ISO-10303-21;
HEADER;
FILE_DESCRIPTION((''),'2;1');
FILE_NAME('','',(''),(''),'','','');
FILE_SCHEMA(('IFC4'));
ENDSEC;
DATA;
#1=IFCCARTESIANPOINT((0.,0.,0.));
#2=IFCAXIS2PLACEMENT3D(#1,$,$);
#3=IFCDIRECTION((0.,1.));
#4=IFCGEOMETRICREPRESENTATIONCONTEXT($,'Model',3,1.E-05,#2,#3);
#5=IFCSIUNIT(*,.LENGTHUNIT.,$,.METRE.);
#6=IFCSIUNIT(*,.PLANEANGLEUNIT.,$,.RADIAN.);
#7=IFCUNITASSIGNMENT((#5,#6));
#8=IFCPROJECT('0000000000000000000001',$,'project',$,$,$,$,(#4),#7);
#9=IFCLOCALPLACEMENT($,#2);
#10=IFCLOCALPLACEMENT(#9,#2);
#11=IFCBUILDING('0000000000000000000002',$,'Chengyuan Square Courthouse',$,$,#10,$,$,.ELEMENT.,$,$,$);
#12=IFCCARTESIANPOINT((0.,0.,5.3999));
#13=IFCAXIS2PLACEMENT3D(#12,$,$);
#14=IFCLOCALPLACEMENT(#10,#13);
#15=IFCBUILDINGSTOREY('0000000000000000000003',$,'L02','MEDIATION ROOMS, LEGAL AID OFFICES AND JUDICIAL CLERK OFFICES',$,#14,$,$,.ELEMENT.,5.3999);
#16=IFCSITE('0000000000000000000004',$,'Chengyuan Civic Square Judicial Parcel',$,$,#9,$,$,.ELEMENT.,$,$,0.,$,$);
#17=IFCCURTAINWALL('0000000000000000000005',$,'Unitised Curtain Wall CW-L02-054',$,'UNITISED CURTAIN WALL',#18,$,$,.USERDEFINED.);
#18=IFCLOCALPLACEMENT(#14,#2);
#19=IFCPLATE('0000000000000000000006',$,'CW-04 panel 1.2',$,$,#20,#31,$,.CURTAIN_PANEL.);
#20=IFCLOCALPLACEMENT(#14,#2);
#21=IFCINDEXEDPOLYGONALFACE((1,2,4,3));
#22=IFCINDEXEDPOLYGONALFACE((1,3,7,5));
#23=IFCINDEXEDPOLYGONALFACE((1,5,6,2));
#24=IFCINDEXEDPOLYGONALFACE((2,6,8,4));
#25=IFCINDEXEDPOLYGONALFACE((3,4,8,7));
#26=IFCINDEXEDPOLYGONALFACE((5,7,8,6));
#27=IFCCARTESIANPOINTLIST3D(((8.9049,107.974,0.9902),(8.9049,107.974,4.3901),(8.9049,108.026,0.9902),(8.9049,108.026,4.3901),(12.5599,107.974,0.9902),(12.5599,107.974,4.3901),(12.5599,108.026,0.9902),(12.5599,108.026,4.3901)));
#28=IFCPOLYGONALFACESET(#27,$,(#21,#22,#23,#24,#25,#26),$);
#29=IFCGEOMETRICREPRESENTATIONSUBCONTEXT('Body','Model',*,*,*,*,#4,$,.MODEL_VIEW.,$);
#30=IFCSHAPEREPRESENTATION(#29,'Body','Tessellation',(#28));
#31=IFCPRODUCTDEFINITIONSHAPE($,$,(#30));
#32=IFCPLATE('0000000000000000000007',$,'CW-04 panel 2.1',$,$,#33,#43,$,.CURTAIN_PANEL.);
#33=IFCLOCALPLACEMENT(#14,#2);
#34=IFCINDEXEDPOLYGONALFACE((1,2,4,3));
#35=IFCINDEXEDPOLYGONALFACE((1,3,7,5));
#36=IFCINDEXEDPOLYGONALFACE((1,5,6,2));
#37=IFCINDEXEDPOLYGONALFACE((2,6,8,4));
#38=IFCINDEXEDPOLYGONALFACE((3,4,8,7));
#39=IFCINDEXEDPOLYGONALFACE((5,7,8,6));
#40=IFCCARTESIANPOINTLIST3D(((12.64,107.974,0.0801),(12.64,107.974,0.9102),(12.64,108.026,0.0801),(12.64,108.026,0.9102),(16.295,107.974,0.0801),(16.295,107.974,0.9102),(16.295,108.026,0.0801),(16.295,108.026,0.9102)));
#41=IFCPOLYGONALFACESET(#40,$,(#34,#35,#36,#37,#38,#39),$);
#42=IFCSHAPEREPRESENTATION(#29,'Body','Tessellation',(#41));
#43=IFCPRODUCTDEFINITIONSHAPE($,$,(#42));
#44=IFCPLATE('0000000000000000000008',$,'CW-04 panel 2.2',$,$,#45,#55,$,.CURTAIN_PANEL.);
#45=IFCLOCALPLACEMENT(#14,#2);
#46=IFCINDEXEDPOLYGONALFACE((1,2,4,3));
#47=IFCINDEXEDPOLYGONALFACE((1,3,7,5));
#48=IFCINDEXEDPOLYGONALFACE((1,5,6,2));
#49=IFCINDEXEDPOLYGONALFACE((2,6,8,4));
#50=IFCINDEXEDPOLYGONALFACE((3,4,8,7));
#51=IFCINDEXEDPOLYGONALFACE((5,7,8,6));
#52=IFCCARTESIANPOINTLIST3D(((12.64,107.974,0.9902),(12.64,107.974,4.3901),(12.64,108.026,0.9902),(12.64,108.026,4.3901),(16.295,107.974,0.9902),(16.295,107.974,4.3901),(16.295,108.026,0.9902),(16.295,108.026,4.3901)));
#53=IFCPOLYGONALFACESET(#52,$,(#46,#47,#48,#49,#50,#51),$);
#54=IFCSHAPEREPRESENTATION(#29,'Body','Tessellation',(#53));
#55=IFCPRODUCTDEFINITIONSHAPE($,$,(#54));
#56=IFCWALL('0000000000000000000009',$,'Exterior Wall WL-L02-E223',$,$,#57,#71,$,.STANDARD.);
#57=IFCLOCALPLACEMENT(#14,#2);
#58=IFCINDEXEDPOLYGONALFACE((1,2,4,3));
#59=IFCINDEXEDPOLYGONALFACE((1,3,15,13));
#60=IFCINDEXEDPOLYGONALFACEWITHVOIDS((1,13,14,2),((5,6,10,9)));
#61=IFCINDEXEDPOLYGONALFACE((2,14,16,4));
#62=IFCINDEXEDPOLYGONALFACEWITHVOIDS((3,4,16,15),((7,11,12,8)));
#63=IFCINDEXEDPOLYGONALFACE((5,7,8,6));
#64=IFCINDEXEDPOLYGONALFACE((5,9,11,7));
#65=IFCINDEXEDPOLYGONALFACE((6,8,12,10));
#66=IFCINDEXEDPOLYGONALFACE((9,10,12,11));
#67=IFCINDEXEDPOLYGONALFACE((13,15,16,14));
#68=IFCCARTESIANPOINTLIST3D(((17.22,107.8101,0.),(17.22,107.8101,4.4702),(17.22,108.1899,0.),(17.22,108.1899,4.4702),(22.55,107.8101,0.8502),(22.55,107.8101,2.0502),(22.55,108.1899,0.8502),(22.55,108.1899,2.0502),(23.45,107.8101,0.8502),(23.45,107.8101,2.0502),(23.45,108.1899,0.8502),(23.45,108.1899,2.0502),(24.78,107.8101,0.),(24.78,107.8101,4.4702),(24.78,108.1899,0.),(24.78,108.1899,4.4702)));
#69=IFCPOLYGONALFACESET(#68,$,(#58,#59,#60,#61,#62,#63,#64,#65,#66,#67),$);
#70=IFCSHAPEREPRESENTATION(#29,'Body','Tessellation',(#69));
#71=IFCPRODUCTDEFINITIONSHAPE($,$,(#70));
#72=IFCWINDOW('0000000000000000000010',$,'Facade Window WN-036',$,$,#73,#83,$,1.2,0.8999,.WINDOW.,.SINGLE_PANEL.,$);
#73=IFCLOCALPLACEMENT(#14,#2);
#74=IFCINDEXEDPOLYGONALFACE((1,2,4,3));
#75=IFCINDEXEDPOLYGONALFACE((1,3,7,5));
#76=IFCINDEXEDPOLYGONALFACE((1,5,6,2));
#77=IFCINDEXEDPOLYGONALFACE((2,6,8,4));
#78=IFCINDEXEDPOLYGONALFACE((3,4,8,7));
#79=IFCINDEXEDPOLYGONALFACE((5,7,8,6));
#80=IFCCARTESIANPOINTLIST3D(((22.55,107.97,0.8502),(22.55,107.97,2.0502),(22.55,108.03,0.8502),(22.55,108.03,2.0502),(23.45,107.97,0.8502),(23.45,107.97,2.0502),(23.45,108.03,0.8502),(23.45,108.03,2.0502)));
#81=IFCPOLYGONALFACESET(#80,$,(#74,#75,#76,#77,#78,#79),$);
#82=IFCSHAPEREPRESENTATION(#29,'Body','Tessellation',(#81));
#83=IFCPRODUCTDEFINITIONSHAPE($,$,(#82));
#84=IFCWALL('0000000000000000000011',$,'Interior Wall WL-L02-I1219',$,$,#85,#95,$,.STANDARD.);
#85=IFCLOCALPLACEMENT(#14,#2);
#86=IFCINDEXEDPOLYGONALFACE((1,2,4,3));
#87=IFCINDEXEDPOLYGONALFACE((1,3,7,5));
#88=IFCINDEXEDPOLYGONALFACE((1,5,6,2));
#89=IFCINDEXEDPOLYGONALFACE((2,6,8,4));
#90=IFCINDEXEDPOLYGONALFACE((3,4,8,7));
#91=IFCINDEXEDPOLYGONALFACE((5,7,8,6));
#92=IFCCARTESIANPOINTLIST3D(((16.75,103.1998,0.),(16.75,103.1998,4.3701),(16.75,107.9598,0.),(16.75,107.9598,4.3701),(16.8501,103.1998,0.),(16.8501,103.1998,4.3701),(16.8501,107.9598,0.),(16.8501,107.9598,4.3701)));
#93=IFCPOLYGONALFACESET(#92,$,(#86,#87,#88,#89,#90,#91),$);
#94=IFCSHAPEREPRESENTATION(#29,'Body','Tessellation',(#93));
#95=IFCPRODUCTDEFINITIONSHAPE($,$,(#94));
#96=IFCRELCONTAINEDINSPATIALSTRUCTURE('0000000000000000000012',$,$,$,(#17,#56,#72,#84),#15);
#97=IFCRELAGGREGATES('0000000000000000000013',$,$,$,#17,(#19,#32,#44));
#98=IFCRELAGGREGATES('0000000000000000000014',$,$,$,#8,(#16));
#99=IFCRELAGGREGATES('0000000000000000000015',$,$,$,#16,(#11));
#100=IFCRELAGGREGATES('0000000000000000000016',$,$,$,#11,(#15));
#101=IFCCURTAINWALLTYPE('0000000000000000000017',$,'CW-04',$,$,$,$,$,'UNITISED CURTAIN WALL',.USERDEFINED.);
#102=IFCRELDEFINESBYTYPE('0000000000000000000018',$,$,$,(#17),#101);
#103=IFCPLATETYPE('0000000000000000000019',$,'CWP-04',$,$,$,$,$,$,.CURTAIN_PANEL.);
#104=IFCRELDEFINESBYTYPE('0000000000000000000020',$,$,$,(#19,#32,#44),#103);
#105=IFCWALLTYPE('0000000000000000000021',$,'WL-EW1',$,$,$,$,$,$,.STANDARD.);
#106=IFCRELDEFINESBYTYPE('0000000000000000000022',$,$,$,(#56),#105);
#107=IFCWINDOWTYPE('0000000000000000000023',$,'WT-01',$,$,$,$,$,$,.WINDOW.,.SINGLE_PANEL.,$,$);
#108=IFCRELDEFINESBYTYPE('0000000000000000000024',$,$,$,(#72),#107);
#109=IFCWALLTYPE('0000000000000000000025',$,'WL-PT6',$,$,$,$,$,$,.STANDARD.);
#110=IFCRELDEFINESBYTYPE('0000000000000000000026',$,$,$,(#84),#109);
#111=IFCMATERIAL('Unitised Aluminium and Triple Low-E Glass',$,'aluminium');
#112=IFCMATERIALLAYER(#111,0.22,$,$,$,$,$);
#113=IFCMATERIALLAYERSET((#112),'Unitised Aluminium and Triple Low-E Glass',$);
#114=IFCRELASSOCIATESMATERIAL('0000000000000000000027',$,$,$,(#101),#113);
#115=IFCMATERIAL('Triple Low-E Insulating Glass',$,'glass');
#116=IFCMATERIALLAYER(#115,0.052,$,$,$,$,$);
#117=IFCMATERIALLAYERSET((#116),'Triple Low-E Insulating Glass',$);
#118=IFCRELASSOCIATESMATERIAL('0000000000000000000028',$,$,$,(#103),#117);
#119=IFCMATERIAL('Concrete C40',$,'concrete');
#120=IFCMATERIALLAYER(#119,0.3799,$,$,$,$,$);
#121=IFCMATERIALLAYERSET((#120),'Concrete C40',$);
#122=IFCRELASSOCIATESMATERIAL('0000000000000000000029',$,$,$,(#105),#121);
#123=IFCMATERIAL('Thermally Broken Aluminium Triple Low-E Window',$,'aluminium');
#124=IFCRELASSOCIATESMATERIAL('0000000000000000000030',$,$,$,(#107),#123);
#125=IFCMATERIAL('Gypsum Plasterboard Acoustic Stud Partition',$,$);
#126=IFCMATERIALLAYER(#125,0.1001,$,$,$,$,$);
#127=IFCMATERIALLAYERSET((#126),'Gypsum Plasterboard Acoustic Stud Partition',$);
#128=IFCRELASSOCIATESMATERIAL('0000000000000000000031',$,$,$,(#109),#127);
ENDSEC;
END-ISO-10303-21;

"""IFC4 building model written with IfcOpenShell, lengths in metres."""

from ifc_helpers import new_model, si_unit, direction, frame, frame_2d, origin, origin_2d, place, context, subcontext, project, spatial, rectangle, extrude, material, layer, layer_set, type_object, element, fill, aggregate, save


model = new_model("IFC4")

# Units and contexts
model_context = context("Model", 3, precision=1e-05, world=origin(), true_north=direction((0.0, 1.0)))
body_context = subcontext(model_context, "Body", "Model", "MODEL_VIEW")
ifc_project = project(units=[si_unit("LENGTHUNIT", "METRE"), si_unit("PLANEANGLEUNIT", "RADIAN")], contexts=[model_context])

# Site, building, storey
site_placement = place(None, origin())
site = spatial("IfcSite", under=ifc_project, at=site_placement, Name="Chengyuan Civic Square Judicial Parcel", CompositionType="ELEMENT", RefElevation=0.0)
building_placement = place(site_placement, origin())
building = spatial("IfcBuilding", under=site, at=building_placement, Name="Chengyuan Square Courthouse", CompositionType="ELEMENT")
storey_placement = place(building_placement, frame((0.0, 0.0, 5.3999)))
storey = spatial("IfcBuildingStorey", under=building, at=storey_placement, Name="L02", Description="MEDIATION ROOMS, LEGAL AID OFFICES AND JUDICIAL CLERK OFFICES", CompositionType="ELEMENT", Elevation=5.3999)

# Shared definitions
ifc_material_1 = material(Name="Concrete C40", Category="concrete")

# Curtain wall, plates
ifc_material_2 = material(Name="Unitised Aluminium and Triple Low-E Glass", Category="aluminium")
ifc_layer_1 = layer(ifc_material_2, 0.22)
ifc_layer_set_1 = layer_set([ifc_layer_1], Name="Unitised Aluminium and Triple Low-E Glass")
curtain_wall_type = type_object("IfcCurtainWallType", Name="CW-04", ElementType="UNITISED CURTAIN WALL", PredefinedType="USERDEFINED", material=ifc_layer_set_1)
curtain_wall_placement = place(storey_placement, origin())
curtain_wall = element("IfcCurtainWall", 1, at=curtain_wall_placement, inside=storey, type_object=curtain_wall_type, Name="Unitised Curtain Wall CW-L02-054", ObjectType="UNITISED CURTAIN WALL", PredefinedType="USERDEFINED")
ifc_material_3 = material(Name="Triple Low-E Insulating Glass", Category="glass")
ifc_layer_2 = layer(ifc_material_3, 0.052)
ifc_layer_set_2 = layer_set([ifc_layer_2], Name="Triple Low-E Insulating Glass")
plate_type = type_object("IfcPlateType", Name="CWP-04", PredefinedType="CURTAIN_PANEL", material=ifc_layer_set_2)
plate_1_placement = place(storey_placement, frame((10.7324, 108.0, 0.9902), z_axis=(0.0, 0.0, 1.0), x_axis=(1.0, 0.0, 0.0)))
plate_1 = element("IfcPlate", 2, at=plate_1_placement, type_object=plate_type, Name="CW-04 panel 1.2", PredefinedType="CURTAIN_PANEL", context=body_context, shape_type="SweptSolid", body=[
    extrude(rectangle(XDim=3.655, YDim=0.052, at=origin_2d()), origin(), (0.0, 0.0, 1.0), 3.3999),
])
plate_2_placement = place(storey_placement, frame((14.4675, 108.0, 0.0801), z_axis=(0.0, 0.0, 1.0), x_axis=(1.0, 0.0, 0.0)))
plate_2 = element("IfcPlate", 3, at=plate_2_placement, type_object=plate_type, Name="CW-04 panel 2.1", PredefinedType="CURTAIN_PANEL", context=body_context, shape_type="SweptSolid", body=[
    extrude(rectangle(XDim=3.655, YDim=0.052, at=origin_2d()), origin(), (0.0, 0.0, 1.0), 0.8301),
])
plate_3_placement = place(storey_placement, frame((14.4675, 108.0, 0.9902), z_axis=(0.0, 0.0, 1.0), x_axis=(1.0, 0.0, 0.0)))
plate_3 = element("IfcPlate", 4, at=plate_3_placement, type_object=plate_type, Name="CW-04 panel 2.2", PredefinedType="CURTAIN_PANEL", context=body_context, shape_type="SweptSolid", body=[
    extrude(rectangle(XDim=3.655, YDim=0.052, at=origin_2d()), origin(), (0.0, 0.0, 1.0), 3.3999),
])
aggregate(curtain_wall, [plate_1, plate_2, plate_3])

# Wall, opening, window
ifc_layer_3 = layer(ifc_material_1, 0.3799)
ifc_layer_set_3 = layer_set([ifc_layer_3], Name="Concrete C40")
wall_type_1 = type_object("IfcWallType", Name="WL-EW1", PredefinedType="STANDARD", material=ifc_layer_set_3)
wall_1_placement = place(storey_placement, frame((17.22, 108.0, 0.0), z_axis=(0.0, 0.0, 1.0), x_axis=(1.0, 0.0, 0.0)))
wall_1 = element("IfcWall", 5, at=wall_1_placement, inside=storey, type_object=wall_type_1, Name="Exterior Wall WL-L02-E223", PredefinedType="STANDARD", context=body_context, shape_type="SweptSolid", body=[
    extrude(rectangle(XDim=7.5601, YDim=0.3799, at=frame_2d((3.78, 0.0))), origin(), (0.0, 0.0, 1.0), 4.4702),
])
opening_placement = place(wall_1_placement, frame((5.3301, 0.0, 0.8501)))
opening = element("IfcOpeningElement", 6, at=opening_placement, cuts=wall_1, PredefinedType="OPENING", context=body_context, shape_type="SweptSolid", body=[
    extrude(rectangle(XDim=0.8999, YDim=1.2, at=frame_2d((0.45, 0.6001))), frame((0.0, 0.2019, 0.0), z_axis=(0.0, -1.0, 0.0), x_axis=(1.0, 0.0, 0.0)), (0.0, 0.0, 1.0), 0.4038),
])
ifc_material_4 = material(Name="Thermally Broken Aluminium Triple Low-E Window", Category="aluminium")
window_type = type_object("IfcWindowType", Name="WT-01", PartitioningType="SINGLE_PANEL", PredefinedType="WINDOW", material=ifc_material_4)
window_placement = place(opening_placement, origin())
window = element("IfcWindow", 7, at=window_placement, inside=storey, type_object=window_type, Name="Facade Window WN-036", OverallHeight=1.2, OverallWidth=0.8999, PartitioningType="SINGLE_PANEL", PredefinedType="WINDOW", context=body_context, shape_type="SweptSolid", body=[
    extrude(rectangle(XDim=0.8999, YDim=1.2, at=frame_2d((0.45, 0.6001))), frame((0.0, 0.03, 0.0), z_axis=(0.0, -1.0, 0.0), x_axis=(1.0, 0.0, 0.0)), (0.0, 0.0, 1.0), 0.0601),
])
fill(opening, window)

# Wall
ifc_material_5 = material(Name="Gypsum Plasterboard Acoustic Stud Partition")
ifc_layer_4 = layer(ifc_material_5, 0.1001)
ifc_layer_set_4 = layer_set([ifc_layer_4], Name="Gypsum Plasterboard Acoustic Stud Partition")
wall_type_2 = type_object("IfcWallType", Name="WL-PT6", PredefinedType="STANDARD", material=ifc_layer_set_4)
wall_2_placement = place(storey_placement, frame((16.8, 103.2, 0.0), z_axis=(0.0, 0.0, 1.0), x_axis=(0.0, 1.0, 0.0)))
element("IfcWall", 8, at=wall_2_placement, inside=storey, type_object=wall_type_2, Name="Interior Wall WL-L02-I1219", PredefinedType="STANDARD", context=body_context, shape_type="SweptSolid", body=[
    extrude(rectangle(XDim=4.76, YDim=0.1001, at=frame_2d((2.3799, 0.0))), origin(), (0.0, 0.0, 1.0), 4.3701),
])

save(model, "model.ifc")
